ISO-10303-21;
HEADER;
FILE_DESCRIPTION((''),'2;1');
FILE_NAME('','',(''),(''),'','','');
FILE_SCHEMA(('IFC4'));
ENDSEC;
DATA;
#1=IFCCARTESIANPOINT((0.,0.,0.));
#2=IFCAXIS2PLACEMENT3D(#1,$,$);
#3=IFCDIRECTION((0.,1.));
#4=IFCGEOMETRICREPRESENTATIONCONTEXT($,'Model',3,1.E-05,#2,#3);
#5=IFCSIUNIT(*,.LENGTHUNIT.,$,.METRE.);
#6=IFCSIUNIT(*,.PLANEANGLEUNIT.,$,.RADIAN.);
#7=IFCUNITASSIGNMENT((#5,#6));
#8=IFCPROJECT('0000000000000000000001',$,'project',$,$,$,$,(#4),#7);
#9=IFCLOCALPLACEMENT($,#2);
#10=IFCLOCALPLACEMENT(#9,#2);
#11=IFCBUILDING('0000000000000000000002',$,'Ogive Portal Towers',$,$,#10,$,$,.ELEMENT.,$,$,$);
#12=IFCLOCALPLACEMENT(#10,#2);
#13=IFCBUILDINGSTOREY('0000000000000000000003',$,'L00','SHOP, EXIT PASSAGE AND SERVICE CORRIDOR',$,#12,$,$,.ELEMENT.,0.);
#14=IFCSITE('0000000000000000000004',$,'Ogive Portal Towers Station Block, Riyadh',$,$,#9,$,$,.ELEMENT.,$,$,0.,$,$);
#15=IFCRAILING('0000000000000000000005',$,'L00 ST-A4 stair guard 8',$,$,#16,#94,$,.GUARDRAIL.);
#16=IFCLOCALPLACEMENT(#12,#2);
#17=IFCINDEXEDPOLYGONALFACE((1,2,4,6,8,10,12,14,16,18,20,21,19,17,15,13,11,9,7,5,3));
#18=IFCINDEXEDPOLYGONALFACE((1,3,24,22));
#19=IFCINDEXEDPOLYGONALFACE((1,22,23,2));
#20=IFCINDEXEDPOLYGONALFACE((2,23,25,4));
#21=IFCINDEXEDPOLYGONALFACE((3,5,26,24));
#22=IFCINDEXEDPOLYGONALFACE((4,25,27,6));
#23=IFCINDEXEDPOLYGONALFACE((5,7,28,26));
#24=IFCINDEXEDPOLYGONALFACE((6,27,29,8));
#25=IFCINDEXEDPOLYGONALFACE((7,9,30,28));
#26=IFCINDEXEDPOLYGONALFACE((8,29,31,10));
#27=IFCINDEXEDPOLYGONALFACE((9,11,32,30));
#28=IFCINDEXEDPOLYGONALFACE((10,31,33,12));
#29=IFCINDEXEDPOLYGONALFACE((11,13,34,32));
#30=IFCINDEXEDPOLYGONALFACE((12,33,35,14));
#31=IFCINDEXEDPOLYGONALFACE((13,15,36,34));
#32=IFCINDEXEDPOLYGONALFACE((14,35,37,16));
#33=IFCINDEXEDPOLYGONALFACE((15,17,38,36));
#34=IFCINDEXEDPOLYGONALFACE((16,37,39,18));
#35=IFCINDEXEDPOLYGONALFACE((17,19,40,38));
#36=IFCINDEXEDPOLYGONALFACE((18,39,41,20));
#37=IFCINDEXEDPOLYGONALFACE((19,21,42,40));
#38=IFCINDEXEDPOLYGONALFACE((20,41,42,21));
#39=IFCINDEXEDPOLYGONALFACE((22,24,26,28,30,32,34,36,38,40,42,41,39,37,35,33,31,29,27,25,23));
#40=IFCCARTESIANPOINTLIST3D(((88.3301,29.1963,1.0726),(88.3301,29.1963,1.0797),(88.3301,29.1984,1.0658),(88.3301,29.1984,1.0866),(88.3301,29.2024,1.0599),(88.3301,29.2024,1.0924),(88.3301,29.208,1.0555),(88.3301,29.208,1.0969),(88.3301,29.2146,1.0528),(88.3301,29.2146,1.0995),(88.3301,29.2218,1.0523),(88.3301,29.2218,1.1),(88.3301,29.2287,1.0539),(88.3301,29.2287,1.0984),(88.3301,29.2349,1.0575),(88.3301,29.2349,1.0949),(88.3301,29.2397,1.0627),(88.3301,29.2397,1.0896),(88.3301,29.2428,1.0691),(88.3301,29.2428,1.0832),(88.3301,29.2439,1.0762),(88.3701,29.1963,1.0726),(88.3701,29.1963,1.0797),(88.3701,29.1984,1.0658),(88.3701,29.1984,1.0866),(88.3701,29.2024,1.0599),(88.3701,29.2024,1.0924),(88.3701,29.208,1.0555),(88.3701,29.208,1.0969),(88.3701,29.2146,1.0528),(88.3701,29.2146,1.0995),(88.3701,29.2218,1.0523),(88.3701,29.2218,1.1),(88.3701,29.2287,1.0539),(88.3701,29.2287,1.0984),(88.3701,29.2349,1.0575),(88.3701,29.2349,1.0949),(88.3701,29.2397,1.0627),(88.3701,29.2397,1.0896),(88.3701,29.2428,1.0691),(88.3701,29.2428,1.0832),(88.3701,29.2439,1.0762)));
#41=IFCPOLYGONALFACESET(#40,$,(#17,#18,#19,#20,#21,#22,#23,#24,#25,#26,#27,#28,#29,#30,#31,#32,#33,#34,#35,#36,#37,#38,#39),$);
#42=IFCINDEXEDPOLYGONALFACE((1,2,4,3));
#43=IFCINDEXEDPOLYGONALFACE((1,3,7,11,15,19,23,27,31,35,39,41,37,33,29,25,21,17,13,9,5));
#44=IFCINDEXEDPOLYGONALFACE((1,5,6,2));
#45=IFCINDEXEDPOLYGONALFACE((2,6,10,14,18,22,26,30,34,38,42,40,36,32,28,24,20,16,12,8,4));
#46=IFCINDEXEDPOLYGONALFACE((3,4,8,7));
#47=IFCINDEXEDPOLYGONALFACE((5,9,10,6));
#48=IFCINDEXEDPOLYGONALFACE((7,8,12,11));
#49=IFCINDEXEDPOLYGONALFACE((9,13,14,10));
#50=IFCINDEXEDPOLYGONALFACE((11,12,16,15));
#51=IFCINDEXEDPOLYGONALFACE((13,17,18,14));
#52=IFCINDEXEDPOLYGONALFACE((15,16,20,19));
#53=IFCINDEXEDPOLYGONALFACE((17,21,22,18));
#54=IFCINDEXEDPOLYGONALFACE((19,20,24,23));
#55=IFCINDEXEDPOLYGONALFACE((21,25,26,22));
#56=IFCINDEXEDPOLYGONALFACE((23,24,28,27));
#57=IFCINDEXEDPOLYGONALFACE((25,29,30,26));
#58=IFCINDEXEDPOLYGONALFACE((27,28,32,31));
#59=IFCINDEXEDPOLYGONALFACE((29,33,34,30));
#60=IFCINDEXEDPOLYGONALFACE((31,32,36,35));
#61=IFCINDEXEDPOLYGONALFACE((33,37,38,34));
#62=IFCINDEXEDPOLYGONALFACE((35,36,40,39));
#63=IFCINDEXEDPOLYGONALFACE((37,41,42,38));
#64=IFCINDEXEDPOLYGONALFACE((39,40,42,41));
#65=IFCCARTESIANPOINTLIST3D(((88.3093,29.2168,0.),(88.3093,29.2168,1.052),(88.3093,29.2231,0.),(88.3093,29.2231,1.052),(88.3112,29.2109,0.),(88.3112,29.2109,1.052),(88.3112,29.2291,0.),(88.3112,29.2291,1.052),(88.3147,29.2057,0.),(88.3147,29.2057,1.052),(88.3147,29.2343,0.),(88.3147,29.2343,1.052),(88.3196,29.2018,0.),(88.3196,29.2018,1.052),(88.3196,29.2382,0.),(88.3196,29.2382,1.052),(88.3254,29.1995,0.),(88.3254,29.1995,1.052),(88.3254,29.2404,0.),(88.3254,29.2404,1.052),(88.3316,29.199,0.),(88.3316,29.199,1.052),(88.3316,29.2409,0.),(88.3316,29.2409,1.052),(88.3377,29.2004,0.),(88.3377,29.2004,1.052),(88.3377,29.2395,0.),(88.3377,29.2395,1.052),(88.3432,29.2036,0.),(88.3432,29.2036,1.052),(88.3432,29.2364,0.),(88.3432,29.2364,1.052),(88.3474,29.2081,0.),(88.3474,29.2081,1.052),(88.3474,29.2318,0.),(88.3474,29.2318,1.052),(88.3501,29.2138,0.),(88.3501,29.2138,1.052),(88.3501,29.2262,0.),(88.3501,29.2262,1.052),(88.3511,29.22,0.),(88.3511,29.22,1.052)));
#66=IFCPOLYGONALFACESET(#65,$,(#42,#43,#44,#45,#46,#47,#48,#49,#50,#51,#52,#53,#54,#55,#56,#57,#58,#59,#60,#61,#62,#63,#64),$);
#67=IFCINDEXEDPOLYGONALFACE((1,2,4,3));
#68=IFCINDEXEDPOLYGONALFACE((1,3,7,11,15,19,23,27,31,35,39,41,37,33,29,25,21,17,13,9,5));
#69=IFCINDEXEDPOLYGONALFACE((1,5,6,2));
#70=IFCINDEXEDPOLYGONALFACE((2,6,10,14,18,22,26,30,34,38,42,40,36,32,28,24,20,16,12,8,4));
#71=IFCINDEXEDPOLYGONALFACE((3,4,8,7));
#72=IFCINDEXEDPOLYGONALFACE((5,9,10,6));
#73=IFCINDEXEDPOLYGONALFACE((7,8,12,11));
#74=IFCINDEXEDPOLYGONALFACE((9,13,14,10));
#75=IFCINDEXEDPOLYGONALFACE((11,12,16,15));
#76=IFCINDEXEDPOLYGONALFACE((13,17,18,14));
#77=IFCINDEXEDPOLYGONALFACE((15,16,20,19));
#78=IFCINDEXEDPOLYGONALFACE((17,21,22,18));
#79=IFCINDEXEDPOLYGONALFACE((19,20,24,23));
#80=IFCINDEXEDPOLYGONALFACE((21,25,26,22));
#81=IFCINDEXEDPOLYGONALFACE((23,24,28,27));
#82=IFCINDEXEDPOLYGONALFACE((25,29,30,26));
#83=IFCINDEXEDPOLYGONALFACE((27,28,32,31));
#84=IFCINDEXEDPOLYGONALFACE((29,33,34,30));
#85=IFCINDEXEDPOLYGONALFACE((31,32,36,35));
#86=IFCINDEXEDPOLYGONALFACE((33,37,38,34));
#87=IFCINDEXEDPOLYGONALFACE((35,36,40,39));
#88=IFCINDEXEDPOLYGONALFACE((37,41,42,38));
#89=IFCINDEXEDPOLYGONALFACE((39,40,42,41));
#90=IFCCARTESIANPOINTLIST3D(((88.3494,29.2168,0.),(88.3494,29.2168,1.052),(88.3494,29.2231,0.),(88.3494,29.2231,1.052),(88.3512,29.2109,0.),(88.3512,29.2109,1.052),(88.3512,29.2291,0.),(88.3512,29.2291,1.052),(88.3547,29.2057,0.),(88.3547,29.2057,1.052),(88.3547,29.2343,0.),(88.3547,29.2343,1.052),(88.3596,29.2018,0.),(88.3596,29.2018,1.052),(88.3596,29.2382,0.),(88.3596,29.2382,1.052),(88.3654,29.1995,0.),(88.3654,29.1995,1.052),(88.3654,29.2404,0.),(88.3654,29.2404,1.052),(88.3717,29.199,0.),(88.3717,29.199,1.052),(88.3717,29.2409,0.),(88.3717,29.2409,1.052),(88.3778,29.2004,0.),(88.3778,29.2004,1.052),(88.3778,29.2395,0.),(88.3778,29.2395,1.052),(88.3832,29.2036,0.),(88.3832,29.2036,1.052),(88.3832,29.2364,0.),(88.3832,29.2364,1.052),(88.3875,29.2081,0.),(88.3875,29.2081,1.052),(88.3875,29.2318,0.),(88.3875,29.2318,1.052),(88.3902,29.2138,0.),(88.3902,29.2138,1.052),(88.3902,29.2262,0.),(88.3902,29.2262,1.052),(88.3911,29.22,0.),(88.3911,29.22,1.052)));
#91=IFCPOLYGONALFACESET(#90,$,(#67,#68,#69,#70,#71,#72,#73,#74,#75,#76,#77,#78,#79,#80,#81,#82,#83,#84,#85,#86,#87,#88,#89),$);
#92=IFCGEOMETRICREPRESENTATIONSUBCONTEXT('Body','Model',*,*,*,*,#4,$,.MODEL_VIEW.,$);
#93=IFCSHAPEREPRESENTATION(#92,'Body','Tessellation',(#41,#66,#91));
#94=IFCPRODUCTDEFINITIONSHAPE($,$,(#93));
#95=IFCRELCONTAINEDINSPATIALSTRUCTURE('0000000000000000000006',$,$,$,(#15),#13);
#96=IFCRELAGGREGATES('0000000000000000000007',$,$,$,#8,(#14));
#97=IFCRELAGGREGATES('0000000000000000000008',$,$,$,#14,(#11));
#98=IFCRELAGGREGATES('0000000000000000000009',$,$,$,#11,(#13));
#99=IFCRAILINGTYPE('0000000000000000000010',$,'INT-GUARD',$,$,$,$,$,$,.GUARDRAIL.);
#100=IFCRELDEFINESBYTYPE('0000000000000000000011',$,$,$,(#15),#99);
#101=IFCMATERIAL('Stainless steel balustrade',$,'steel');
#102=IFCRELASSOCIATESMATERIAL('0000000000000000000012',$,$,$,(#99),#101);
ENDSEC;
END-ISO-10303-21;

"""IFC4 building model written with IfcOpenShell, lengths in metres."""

from ifc_helpers import new_model, si_unit, direction, frame, origin, origin_2d, place, context, subcontext, project, spatial, circle, extrude, material, type_object, element, save


model = new_model("IFC4")

# Units and contexts
model_context = context("Model", 3, precision=1e-05, world=origin(), true_north=direction((0.0, 1.0)))
body_context = subcontext(model_context, "Body", "Model", "MODEL_VIEW")
ifc_project = project(units=[si_unit("LENGTHUNIT", "METRE"), si_unit("PLANEANGLEUNIT", "RADIAN")], contexts=[model_context])

# Site, building, storey
site_placement = place(None, origin())
site = spatial("IfcSite", under=ifc_project, at=site_placement, Name="Ogive Portal Towers Station Block, Riyadh", CompositionType="ELEMENT", RefElevation=0.0)
building_placement = place(site_placement, origin())
building = spatial("IfcBuilding", under=site, at=building_placement, Name="Ogive Portal Towers", CompositionType="ELEMENT")
storey_placement = place(building_placement, origin())
storey = spatial("IfcBuildingStorey", under=building, at=storey_placement, Name="L00", Description="SHOP, EXIT PASSAGE AND SERVICE CORRIDOR", CompositionType="ELEMENT", Elevation=0.0)

# Railing
ifc_material_1 = material(Name="Stainless steel balustrade", Category="steel")
railing_type_1 = type_object("IfcRailingType", Name="INT-GUARD", PredefinedType="GUARDRAIL", material=ifc_material_1)
railing_1_placement = place(storey_placement, frame((88.3301, 29.22, 0.0)))
element("IfcRailing", 1, at=railing_1_placement, inside=storey, type_object=railing_type_1, Name="L00 ST-A4 stair guard 8", PredefinedType="GUARDRAIL", context=body_context, shape_type="SweptSolid", body=[
    extrude(circle(Radius=0.0239, at=origin_2d()), frame((0.0, 0.0, 1.0762), z_axis=(1.0, 0.0, 0.0), x_axis=(0.0, 1.0, 0.0)), (0.0, 0.0, 1.0), 0.04),
    extrude(circle(Radius=0.021, at=origin_2d()), origin(), (0.0, 0.0, 1.0), 1.052),
    extrude(circle(Radius=0.021, at=origin_2d()), frame((0.04, 0.0, 0.0)), (0.0, 0.0, 1.0), 1.052),
])

save(model, "model.ifc")
